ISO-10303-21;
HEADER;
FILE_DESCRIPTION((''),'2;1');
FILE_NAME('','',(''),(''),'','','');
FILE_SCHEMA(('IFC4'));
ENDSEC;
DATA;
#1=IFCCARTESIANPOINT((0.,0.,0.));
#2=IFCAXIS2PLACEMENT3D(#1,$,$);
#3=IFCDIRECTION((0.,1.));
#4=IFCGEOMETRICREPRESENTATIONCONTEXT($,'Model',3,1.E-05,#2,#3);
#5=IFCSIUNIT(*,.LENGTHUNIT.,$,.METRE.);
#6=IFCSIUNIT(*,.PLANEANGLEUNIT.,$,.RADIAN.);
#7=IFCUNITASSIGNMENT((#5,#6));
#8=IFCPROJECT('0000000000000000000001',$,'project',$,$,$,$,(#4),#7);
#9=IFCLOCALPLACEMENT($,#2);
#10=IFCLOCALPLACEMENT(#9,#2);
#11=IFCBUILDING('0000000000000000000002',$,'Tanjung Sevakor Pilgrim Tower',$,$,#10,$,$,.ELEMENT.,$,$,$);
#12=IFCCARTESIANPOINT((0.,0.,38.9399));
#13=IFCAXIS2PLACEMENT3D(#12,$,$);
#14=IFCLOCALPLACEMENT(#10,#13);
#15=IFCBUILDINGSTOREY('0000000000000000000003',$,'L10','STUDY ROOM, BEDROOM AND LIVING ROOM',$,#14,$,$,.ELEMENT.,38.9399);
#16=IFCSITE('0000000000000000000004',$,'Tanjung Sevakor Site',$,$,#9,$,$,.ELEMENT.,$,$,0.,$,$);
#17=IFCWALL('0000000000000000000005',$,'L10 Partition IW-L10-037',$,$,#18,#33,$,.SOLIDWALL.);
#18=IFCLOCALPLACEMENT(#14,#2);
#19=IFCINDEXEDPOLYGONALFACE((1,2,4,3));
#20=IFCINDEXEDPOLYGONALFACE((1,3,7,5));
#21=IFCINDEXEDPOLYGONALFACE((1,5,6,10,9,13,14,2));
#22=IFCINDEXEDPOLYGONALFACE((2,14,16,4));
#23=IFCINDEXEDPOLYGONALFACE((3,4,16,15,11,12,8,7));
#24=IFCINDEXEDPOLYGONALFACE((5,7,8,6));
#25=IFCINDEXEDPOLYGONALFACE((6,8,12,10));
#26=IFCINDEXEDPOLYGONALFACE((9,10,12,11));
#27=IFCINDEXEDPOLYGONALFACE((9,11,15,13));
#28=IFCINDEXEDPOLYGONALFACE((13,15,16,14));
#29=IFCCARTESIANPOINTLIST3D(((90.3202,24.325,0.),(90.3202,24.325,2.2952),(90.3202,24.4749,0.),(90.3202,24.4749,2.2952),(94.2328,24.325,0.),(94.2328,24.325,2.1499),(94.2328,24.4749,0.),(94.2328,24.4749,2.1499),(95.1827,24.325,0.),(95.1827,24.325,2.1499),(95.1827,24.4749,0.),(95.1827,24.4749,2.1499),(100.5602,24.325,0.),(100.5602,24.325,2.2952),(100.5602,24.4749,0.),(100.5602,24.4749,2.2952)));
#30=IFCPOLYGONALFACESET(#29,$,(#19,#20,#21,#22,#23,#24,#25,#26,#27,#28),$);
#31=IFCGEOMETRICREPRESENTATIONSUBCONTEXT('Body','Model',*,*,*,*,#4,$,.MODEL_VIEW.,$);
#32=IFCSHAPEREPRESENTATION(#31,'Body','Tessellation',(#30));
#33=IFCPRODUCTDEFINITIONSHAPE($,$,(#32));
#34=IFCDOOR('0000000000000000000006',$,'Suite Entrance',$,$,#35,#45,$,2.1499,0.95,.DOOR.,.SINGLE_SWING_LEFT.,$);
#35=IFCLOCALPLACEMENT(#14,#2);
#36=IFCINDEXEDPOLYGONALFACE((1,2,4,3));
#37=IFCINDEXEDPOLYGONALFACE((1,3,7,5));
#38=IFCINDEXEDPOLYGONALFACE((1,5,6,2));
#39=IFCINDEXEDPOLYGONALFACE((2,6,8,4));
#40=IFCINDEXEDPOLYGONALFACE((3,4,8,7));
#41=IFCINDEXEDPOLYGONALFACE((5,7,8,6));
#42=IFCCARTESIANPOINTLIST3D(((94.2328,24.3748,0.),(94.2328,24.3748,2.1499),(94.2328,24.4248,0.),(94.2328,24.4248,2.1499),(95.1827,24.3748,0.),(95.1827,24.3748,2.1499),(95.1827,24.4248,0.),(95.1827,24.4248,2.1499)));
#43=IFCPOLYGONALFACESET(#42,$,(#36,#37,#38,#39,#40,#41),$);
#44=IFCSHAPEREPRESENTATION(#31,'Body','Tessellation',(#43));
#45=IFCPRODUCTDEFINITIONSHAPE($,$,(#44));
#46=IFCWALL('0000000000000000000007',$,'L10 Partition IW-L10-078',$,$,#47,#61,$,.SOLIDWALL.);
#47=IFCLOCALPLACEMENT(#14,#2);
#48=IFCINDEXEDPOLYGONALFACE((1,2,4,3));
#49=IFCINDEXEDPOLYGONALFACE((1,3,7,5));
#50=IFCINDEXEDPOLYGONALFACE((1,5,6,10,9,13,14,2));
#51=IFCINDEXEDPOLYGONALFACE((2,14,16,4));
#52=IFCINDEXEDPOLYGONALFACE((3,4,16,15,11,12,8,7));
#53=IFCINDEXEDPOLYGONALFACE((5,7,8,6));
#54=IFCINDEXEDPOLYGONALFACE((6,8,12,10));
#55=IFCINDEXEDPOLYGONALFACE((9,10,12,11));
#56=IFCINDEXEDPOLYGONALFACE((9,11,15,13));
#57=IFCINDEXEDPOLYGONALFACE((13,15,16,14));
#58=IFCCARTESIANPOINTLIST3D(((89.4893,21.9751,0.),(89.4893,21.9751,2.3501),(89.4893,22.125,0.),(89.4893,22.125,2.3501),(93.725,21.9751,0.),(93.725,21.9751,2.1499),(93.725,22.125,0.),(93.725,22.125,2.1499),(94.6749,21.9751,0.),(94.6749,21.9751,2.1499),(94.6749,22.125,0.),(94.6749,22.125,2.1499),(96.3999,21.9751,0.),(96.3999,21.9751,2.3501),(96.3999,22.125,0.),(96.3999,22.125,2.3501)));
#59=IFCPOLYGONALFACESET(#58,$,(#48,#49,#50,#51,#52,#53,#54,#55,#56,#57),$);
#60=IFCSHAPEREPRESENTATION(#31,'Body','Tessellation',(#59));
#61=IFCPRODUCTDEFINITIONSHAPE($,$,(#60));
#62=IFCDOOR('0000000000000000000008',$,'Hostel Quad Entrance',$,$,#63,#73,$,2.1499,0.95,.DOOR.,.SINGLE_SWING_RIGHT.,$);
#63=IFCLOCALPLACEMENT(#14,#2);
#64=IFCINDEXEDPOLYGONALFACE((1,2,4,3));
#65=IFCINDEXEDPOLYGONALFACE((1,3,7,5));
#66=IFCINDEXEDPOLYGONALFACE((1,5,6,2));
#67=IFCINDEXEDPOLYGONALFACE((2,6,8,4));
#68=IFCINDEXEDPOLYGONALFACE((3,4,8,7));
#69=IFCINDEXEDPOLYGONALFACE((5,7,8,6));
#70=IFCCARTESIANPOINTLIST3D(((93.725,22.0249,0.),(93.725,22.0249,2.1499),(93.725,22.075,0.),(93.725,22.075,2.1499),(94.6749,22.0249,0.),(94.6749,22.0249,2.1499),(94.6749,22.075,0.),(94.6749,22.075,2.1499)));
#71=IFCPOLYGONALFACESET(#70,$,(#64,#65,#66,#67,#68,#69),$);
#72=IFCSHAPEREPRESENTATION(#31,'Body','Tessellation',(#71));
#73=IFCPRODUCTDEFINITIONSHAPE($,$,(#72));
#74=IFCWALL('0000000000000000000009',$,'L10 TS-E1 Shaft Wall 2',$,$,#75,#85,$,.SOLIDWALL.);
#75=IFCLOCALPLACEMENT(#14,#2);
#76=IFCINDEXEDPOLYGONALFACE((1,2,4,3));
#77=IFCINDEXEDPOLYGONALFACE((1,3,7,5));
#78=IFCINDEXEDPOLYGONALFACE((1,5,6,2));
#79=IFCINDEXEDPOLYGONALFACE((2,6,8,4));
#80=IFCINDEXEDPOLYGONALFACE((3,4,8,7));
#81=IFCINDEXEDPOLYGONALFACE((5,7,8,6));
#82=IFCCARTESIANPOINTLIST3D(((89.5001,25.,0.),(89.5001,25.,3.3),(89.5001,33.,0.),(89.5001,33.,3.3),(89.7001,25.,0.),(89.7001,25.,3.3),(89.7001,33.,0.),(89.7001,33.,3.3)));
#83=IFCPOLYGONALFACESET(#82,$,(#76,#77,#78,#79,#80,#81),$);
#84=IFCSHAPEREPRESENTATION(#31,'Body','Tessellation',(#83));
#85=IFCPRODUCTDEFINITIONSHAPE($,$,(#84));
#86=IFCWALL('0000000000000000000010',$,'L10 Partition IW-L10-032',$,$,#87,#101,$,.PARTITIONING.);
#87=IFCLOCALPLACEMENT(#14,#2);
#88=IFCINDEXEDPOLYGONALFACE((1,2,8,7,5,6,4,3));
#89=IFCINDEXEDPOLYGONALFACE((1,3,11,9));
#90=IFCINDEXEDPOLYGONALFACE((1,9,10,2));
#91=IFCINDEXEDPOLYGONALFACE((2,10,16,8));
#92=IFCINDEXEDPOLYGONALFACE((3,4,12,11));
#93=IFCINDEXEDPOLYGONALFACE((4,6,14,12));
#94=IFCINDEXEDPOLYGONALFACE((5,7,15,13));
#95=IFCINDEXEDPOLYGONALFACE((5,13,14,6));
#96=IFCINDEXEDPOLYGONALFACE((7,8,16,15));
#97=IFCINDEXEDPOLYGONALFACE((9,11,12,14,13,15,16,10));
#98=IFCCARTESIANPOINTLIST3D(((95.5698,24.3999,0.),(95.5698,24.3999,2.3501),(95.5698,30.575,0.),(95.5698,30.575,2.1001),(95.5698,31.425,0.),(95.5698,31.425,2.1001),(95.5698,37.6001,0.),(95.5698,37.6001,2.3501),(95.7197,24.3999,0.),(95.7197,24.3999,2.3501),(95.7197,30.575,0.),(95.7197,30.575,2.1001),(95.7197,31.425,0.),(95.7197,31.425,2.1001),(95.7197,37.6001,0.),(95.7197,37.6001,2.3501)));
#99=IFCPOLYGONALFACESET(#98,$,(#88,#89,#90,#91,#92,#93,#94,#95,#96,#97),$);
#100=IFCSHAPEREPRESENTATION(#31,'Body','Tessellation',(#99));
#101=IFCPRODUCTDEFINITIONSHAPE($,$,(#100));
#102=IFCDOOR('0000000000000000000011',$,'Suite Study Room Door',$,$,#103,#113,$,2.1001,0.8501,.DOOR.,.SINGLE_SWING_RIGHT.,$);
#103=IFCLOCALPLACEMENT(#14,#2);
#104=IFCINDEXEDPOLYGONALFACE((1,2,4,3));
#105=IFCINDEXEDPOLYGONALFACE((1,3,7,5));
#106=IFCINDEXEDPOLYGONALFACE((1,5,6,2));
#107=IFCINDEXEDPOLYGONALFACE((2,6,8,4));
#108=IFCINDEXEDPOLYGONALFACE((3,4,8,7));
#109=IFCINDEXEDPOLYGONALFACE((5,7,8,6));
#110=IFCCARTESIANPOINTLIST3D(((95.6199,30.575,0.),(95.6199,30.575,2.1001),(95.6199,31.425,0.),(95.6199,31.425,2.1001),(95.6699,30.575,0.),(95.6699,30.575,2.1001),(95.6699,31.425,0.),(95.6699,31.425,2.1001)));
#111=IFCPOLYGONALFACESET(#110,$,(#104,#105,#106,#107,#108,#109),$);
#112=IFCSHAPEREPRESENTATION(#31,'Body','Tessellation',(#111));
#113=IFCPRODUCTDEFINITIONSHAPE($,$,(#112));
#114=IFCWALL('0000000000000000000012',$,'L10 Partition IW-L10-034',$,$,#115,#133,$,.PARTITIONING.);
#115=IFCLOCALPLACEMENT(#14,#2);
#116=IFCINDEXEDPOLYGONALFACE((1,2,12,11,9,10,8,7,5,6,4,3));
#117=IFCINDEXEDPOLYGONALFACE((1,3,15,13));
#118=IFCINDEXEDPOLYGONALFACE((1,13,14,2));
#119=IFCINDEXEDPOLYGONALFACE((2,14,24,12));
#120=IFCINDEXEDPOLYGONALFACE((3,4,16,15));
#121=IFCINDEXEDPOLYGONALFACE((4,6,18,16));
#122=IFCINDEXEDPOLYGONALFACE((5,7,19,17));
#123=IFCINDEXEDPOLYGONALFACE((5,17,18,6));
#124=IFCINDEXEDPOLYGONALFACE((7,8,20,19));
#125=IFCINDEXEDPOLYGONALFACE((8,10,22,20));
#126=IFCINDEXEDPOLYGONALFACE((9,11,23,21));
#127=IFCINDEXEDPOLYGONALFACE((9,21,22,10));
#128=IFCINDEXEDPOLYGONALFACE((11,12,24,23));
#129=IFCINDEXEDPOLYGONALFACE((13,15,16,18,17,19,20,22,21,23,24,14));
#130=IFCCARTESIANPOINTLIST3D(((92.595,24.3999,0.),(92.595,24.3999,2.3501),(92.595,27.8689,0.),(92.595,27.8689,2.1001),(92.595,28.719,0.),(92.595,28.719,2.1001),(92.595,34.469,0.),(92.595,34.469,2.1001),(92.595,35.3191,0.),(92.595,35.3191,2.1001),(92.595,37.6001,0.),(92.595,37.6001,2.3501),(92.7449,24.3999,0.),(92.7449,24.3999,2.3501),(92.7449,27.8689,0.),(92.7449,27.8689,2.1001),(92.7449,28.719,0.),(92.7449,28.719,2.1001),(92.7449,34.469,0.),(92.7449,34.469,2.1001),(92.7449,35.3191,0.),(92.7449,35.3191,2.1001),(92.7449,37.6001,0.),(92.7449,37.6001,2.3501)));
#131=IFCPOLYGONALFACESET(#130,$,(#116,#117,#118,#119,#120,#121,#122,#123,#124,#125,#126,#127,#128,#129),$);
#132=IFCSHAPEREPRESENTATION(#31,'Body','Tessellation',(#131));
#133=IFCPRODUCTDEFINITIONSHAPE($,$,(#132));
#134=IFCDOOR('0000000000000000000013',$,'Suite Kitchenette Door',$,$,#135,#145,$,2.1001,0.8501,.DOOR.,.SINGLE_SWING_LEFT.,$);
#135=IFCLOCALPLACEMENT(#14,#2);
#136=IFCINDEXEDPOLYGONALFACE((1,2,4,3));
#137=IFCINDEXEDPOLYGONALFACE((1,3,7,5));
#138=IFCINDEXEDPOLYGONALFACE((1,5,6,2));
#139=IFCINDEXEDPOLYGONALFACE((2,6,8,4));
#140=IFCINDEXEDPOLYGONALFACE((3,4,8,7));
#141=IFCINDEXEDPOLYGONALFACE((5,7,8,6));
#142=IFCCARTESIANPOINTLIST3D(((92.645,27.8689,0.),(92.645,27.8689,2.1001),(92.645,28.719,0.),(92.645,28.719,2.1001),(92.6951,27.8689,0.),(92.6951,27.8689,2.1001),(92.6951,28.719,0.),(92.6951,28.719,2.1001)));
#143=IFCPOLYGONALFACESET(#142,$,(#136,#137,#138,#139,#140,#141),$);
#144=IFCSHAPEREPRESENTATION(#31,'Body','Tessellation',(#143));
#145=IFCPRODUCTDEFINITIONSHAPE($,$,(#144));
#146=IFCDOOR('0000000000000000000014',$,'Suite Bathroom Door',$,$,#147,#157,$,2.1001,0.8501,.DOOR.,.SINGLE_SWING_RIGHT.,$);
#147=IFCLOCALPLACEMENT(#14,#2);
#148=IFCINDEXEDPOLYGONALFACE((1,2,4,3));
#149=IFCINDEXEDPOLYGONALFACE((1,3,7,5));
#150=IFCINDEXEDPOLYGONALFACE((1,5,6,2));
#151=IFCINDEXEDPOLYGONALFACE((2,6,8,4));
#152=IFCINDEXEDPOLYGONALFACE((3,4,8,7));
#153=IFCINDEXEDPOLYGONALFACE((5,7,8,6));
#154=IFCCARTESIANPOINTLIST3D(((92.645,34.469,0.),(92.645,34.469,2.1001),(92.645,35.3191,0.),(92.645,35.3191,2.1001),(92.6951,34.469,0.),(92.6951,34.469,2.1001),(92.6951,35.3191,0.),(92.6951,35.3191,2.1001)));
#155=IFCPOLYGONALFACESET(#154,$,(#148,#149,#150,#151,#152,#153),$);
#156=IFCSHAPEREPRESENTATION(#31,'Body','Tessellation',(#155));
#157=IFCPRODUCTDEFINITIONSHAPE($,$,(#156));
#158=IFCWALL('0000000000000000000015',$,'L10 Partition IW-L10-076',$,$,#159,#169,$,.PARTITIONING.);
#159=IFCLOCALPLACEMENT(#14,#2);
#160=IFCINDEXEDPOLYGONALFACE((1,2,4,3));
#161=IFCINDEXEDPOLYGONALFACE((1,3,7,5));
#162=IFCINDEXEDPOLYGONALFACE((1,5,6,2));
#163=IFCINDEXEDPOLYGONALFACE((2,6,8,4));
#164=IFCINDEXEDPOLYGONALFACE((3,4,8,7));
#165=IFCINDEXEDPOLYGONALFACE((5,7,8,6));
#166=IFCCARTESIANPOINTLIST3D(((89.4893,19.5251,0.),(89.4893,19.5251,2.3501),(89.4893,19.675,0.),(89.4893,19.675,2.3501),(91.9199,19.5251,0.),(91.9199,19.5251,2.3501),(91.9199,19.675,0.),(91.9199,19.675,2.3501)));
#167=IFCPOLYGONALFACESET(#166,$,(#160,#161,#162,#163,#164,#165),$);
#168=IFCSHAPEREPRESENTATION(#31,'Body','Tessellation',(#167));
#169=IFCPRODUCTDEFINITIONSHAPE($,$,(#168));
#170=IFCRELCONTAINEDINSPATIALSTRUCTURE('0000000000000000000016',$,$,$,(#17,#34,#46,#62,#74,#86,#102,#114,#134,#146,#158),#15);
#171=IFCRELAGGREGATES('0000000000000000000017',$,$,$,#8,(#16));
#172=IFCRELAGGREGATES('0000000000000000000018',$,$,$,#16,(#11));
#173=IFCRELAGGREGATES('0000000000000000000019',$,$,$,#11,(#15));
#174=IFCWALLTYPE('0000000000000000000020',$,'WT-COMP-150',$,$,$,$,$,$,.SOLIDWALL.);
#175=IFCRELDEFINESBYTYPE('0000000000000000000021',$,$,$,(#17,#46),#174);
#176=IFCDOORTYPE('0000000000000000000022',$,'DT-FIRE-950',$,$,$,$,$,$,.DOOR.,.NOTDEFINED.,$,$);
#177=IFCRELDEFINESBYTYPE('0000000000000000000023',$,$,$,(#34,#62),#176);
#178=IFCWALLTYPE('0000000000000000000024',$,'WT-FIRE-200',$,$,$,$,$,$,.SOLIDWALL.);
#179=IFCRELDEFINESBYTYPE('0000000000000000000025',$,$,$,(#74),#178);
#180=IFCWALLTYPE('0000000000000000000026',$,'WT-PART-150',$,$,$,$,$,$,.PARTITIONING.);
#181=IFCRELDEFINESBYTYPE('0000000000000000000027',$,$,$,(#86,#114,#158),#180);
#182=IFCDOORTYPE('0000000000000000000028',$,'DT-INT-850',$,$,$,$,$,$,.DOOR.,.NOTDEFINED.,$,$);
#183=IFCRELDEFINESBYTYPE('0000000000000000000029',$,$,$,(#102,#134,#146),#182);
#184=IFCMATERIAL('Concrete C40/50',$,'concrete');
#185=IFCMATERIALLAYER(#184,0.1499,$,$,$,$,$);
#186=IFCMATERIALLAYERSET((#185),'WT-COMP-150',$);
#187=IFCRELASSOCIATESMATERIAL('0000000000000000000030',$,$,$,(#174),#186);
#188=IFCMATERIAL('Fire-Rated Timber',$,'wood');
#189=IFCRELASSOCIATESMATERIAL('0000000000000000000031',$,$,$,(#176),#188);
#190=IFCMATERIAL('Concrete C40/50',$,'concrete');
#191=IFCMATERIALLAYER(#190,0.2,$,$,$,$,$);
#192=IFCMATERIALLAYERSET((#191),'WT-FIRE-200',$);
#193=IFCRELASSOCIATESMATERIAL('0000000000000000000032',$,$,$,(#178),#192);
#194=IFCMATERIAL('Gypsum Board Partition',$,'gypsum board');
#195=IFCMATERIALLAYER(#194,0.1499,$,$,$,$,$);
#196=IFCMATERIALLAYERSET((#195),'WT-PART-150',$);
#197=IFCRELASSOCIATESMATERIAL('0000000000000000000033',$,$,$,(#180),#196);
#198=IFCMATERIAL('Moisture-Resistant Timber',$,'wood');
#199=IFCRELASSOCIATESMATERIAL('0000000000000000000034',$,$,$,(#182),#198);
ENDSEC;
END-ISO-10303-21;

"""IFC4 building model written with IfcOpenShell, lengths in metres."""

from ifc_helpers import new_model, si_unit, direction, frame, frame_2d, origin, place, context, subcontext, project, spatial, rectangle, extrude, material, layer, layer_set, type_object, element, fill, save


model = new_model("IFC4")

# Units and contexts
model_context = context("Model", 3, precision=1e-05, world=origin(), true_north=direction((0.0, 1.0)))
body_context = subcontext(model_context, "Body", "Model", "MODEL_VIEW")
ifc_project = project(units=[si_unit("LENGTHUNIT", "METRE"), si_unit("PLANEANGLEUNIT", "RADIAN")], contexts=[model_context])

# Site, building, storey
site_placement = place(None, origin())
site = spatial("IfcSite", under=ifc_project, at=site_placement, Name="Tanjung Sevakor Site", CompositionType="ELEMENT", RefElevation=0.0)
building_placement = place(site_placement, origin())
building = spatial("IfcBuilding", under=site, at=building_placement, Name="Tanjung Sevakor Pilgrim Tower", CompositionType="ELEMENT")
storey_placement = place(building_placement, frame((0.0, 0.0, 38.9399)))
storey = spatial("IfcBuildingStorey", under=building, at=storey_placement, Name="L10", Description="STUDY ROOM, BEDROOM AND LIVING ROOM", CompositionType="ELEMENT", Elevation=38.9399)

# Walls, openings, doors
ifc_material_1 = material(Name="Concrete C40/50", Category="concrete")
ifc_layer_1 = layer(ifc_material_1, 0.1499)
ifc_layer_set_1 = layer_set([ifc_layer_1], Name="WT-COMP-150")
wall_type_1 = type_object("IfcWallType", Name="WT-COMP-150", PredefinedType="SOLIDWALL", material=ifc_layer_set_1)
wall_1_placement = place(storey_placement, frame((90.3201, 24.3999, 0.0), z_axis=(0.0, 0.0, 1.0), x_axis=(1.0, 0.0, 0.0)))
wall_1 = element("IfcWall", 1, at=wall_1_placement, inside=storey, type_object=wall_type_1, Name="L10 Partition IW-L10-037", PredefinedType="SOLIDWALL", context=body_context, shape_type="SweptSolid", body=[
    extrude(rectangle(XDim=10.24, YDim=0.1499, at=frame_2d((5.1201, 0.0))), origin(), (0.0, 0.0, 1.0), 2.2952),
])
opening_1_placement = place(wall_1_placement, frame((3.9126, 0.0, 0.0)))
opening_1 = element("IfcOpeningElement", 2, at=opening_1_placement, cuts=wall_1, PredefinedType="OPENING", context=body_context, shape_type="SweptSolid", body=[
    extrude(rectangle(XDim=0.95, YDim=2.1499, at=frame_2d((0.4751, 1.075))), frame((0.0, 0.085, 0.0), z_axis=(0.0, -1.0, 0.0), x_axis=(1.0, 0.0, 0.0)), (0.0, 0.0, 1.0), 0.1699),
])
ifc_material_2 = material(Name="Fire-Rated Timber", Category="wood")
door_type_1 = type_object("IfcDoorType", Name="DT-FIRE-950", OperationType="NOTDEFINED", PredefinedType="DOOR", material=ifc_material_2)
door_1_placement = place(opening_1_placement, origin())
door_1 = element("IfcDoor", 3, at=door_1_placement, inside=storey, type_object=door_type_1, Name="Suite Entrance", OperationType="SINGLE_SWING_LEFT", OverallHeight=2.1499, OverallWidth=0.95, PredefinedType="DOOR", context=body_context, shape_type="SweptSolid", body=[
    extrude(rectangle(XDim=0.95, YDim=2.1499, at=frame_2d((0.4751, 1.075))), frame((0.0, 0.0249, 0.0), z_axis=(0.0, -1.0, 0.0), x_axis=(1.0, 0.0, 0.0)), (0.0, 0.0, 1.0), 0.05),
])
fill(opening_1, door_1)
wall_2_placement = place(storey_placement, frame((89.4893, 22.05, 0.0), z_axis=(0.0, 0.0, 1.0), x_axis=(1.0, 0.0, 0.0)))
wall_2 = element("IfcWall", 4, at=wall_2_placement, inside=storey, type_object=wall_type_1, Name="L10 Partition IW-L10-078", PredefinedType="SOLIDWALL", context=body_context, shape_type="SweptSolid", body=[
    extrude(rectangle(XDim=6.9106, YDim=0.1499, at=frame_2d((3.4553, 0.0))), origin(), (0.0, 0.0, 1.0), 2.3501),
])
opening_2_placement = place(wall_2_placement, frame((4.2356, 0.0, 0.0)))
opening_2 = element("IfcOpeningElement", 5, at=opening_2_placement, cuts=wall_2, PredefinedType="OPENING", context=body_context, shape_type="SweptSolid", body=[
    extrude(rectangle(XDim=0.95, YDim=2.1499, at=frame_2d((0.4751, 1.075))), frame((0.0, 0.085, 0.0), z_axis=(0.0, -1.0, 0.0), x_axis=(1.0, 0.0, 0.0)), (0.0, 0.0, 1.0), 0.1699),
])
door_2_placement = place(opening_2_placement, origin())
door_2 = element("IfcDoor", 6, at=door_2_placement, inside=storey, type_object=door_type_1, Name="Hostel Quad Entrance", OperationType="SINGLE_SWING_RIGHT", OverallHeight=2.1499, OverallWidth=0.95, PredefinedType="DOOR", context=body_context, shape_type="SweptSolid", body=[
    extrude(rectangle(XDim=0.95, YDim=2.1499, at=frame_2d((0.4751, 1.075))), frame((0.0, 0.0249, 0.0), z_axis=(0.0, -1.0, 0.0), x_axis=(1.0, 0.0, 0.0)), (0.0, 0.0, 1.0), 0.05),
])
fill(opening_2, door_2)

# Wall
ifc_material_3 = material(Name="Concrete C40/50", Category="concrete")
ifc_layer_2 = layer(ifc_material_3, 0.2)
ifc_layer_set_2 = layer_set([ifc_layer_2], Name="WT-FIRE-200")
wall_type_2 = type_object("IfcWallType", Name="WT-FIRE-200", PredefinedType="SOLIDWALL", material=ifc_layer_set_2)
wall_3_placement = place(storey_placement, frame((89.6001, 25.0, 0.0), z_axis=(0.0, 0.0, 1.0), x_axis=(0.0, 1.0, 0.0)))
element("IfcWall", 7, at=wall_3_placement, inside=storey, type_object=wall_type_2, Name="L10 TS-E1 Shaft Wall 2", PredefinedType="SOLIDWALL", context=body_context, shape_type="SweptSolid", body=[
    extrude(rectangle(XDim=8.0, YDim=0.2, at=frame_2d((4.0, 0.0))), origin(), (0.0, 0.0, 1.0), 3.3),
])

# Wall, opening, door
ifc_material_4 = material(Name="Gypsum Board Partition", Category="gypsum board")
ifc_layer_3 = layer(ifc_material_4, 0.1499)
ifc_layer_set_3 = layer_set([ifc_layer_3], Name="WT-PART-150")
wall_type_3 = type_object("IfcWallType", Name="WT-PART-150", PredefinedType="PARTITIONING", material=ifc_layer_set_3)
wall_4_placement = place(storey_placement, frame((95.6448, 24.3999, 0.0), z_axis=(0.0, 0.0, 1.0), x_axis=(0.0, 1.0, 0.0)))
wall_4 = element("IfcWall", 8, at=wall_4_placement, inside=storey, type_object=wall_type_3, Name="L10 Partition IW-L10-032", PredefinedType="PARTITIONING", context=body_context, shape_type="SweptSolid", body=[
    extrude(rectangle(XDim=13.2002, YDim=0.1499, at=frame_2d((6.6001, 0.0))), origin(), (0.0, 0.0, 1.0), 2.3501),
])
opening_3_placement = place(wall_4_placement, frame((6.175, 0.0, 0.0)))
opening_3 = element("IfcOpeningElement", 9, at=opening_3_placement, cuts=wall_4, PredefinedType="OPENING", context=body_context, shape_type="SweptSolid", body=[
    extrude(rectangle(XDim=0.8501, YDim=2.1001, at=frame_2d((0.425, 1.05))), frame((0.0, 0.085, 0.0), z_axis=(0.0, -1.0, 0.0), x_axis=(1.0, 0.0, 0.0)), (0.0, 0.0, 1.0), 0.1699),
])
ifc_material_5 = material(Name="Moisture-Resistant Timber", Category="wood")
door_type_2 = type_object("IfcDoorType", Name="DT-INT-850", OperationType="NOTDEFINED", PredefinedType="DOOR", material=ifc_material_5)
door_3_placement = place(opening_3_placement, origin())
door_3 = element("IfcDoor", 10, at=door_3_placement, inside=storey, type_object=door_type_2, Name="Suite Study Room Door", OperationType="SINGLE_SWING_RIGHT", OverallHeight=2.1001, OverallWidth=0.8501, PredefinedType="DOOR", context=body_context, shape_type="SweptSolid", body=[
    extrude(rectangle(XDim=0.8501, YDim=2.1001, at=frame_2d((0.425, 1.05))), frame((0.0, 0.0249, 0.0), z_axis=(0.0, -1.0, 0.0), x_axis=(1.0, 0.0, 0.0)), (0.0, 0.0, 1.0), 0.05),
])
fill(opening_3, door_3)

# Wall, openings, doors
wall_5_placement = place(storey_placement, frame((92.6699, 24.3999, 0.0), z_axis=(0.0, 0.0, 1.0), x_axis=(0.0, 1.0, 0.0)))
wall_5 = element("IfcWall", 11, at=wall_5_placement, inside=storey, type_object=wall_type_3, Name="L10 Partition IW-L10-034", PredefinedType="PARTITIONING", context=body_context, shape_type="SweptSolid", body=[
    extrude(rectangle(XDim=13.2002, YDim=0.1499, at=frame_2d((6.6001, 0.0))), origin(), (0.0, 0.0, 1.0), 2.3501),
])
opening_4_placement = place(wall_5_placement, frame((3.469, 0.0, 0.0)))
opening_4 = element("IfcOpeningElement", 12, at=opening_4_placement, cuts=wall_5, PredefinedType="OPENING", context=body_context, shape_type="SweptSolid", body=[
    extrude(rectangle(XDim=0.8501, YDim=2.1001, at=frame_2d((0.425, 1.05))), frame((0.0, 0.085, 0.0), z_axis=(0.0, -1.0, 0.0), x_axis=(1.0, 0.0, 0.0)), (0.0, 0.0, 1.0), 0.1699),
])
opening_5_placement = place(wall_5_placement, frame((10.0691, 0.0, 0.0)))
opening_5 = element("IfcOpeningElement", 13, at=opening_5_placement, cuts=wall_5, PredefinedType="OPENING", context=body_context, shape_type="SweptSolid", body=[
    extrude(rectangle(XDim=0.8501, YDim=2.1001, at=frame_2d((0.425, 1.05))), frame((0.0, 0.085, 0.0), z_axis=(0.0, -1.0, 0.0), x_axis=(1.0, 0.0, 0.0)), (0.0, 0.0, 1.0), 0.1699),
])
door_4_placement = place(opening_4_placement, origin())
door_4 = element("IfcDoor", 14, at=door_4_placement, inside=storey, type_object=door_type_2, Name="Suite Kitchenette Door", OperationType="SINGLE_SWING_LEFT", OverallHeight=2.1001, OverallWidth=0.8501, PredefinedType="DOOR", context=body_context, shape_type="SweptSolid", body=[
    extrude(rectangle(XDim=0.8501, YDim=2.1001, at=frame_2d((0.425, 1.05))), frame((0.0, 0.0249, 0.0), z_axis=(0.0, -1.0, 0.0), x_axis=(1.0, 0.0, 0.0)), (0.0, 0.0, 1.0), 0.05),
])
fill(opening_4, door_4)
door_5_placement = place(opening_5_placement, origin())
door_5 = element("IfcDoor", 15, at=door_5_placement, inside=storey, type_object=door_type_2, Name="Suite Bathroom Door", OperationType="SINGLE_SWING_RIGHT", OverallHeight=2.1001, OverallWidth=0.8501, PredefinedType="DOOR", context=body_context, shape_type="SweptSolid", body=[
    extrude(rectangle(XDim=0.8501, YDim=2.1001, at=frame_2d((0.425, 1.05))), frame((0.0, 0.0249, 0.0), z_axis=(0.0, -1.0, 0.0), x_axis=(1.0, 0.0, 0.0)), (0.0, 0.0, 1.0), 0.05),
])
fill(opening_5, door_5)

# Wall
wall_6_placement = place(storey_placement, frame((89.4893, 19.6001, 0.0), z_axis=(0.0, 0.0, 1.0), x_axis=(1.0, 0.0, 0.0)))
element("IfcWall", 16, at=wall_6_placement, inside=storey, type_object=wall_type_3, Name="L10 Partition IW-L10-076", PredefinedType="PARTITIONING", context=body_context, shape_type="SweptSolid", body=[
    extrude(rectangle(XDim=2.4307, YDim=0.1499, at=frame_2d((1.2153, 0.0))), origin(), (0.0, 0.0, 1.0), 2.3501),
])

save(model, "model.ifc")
